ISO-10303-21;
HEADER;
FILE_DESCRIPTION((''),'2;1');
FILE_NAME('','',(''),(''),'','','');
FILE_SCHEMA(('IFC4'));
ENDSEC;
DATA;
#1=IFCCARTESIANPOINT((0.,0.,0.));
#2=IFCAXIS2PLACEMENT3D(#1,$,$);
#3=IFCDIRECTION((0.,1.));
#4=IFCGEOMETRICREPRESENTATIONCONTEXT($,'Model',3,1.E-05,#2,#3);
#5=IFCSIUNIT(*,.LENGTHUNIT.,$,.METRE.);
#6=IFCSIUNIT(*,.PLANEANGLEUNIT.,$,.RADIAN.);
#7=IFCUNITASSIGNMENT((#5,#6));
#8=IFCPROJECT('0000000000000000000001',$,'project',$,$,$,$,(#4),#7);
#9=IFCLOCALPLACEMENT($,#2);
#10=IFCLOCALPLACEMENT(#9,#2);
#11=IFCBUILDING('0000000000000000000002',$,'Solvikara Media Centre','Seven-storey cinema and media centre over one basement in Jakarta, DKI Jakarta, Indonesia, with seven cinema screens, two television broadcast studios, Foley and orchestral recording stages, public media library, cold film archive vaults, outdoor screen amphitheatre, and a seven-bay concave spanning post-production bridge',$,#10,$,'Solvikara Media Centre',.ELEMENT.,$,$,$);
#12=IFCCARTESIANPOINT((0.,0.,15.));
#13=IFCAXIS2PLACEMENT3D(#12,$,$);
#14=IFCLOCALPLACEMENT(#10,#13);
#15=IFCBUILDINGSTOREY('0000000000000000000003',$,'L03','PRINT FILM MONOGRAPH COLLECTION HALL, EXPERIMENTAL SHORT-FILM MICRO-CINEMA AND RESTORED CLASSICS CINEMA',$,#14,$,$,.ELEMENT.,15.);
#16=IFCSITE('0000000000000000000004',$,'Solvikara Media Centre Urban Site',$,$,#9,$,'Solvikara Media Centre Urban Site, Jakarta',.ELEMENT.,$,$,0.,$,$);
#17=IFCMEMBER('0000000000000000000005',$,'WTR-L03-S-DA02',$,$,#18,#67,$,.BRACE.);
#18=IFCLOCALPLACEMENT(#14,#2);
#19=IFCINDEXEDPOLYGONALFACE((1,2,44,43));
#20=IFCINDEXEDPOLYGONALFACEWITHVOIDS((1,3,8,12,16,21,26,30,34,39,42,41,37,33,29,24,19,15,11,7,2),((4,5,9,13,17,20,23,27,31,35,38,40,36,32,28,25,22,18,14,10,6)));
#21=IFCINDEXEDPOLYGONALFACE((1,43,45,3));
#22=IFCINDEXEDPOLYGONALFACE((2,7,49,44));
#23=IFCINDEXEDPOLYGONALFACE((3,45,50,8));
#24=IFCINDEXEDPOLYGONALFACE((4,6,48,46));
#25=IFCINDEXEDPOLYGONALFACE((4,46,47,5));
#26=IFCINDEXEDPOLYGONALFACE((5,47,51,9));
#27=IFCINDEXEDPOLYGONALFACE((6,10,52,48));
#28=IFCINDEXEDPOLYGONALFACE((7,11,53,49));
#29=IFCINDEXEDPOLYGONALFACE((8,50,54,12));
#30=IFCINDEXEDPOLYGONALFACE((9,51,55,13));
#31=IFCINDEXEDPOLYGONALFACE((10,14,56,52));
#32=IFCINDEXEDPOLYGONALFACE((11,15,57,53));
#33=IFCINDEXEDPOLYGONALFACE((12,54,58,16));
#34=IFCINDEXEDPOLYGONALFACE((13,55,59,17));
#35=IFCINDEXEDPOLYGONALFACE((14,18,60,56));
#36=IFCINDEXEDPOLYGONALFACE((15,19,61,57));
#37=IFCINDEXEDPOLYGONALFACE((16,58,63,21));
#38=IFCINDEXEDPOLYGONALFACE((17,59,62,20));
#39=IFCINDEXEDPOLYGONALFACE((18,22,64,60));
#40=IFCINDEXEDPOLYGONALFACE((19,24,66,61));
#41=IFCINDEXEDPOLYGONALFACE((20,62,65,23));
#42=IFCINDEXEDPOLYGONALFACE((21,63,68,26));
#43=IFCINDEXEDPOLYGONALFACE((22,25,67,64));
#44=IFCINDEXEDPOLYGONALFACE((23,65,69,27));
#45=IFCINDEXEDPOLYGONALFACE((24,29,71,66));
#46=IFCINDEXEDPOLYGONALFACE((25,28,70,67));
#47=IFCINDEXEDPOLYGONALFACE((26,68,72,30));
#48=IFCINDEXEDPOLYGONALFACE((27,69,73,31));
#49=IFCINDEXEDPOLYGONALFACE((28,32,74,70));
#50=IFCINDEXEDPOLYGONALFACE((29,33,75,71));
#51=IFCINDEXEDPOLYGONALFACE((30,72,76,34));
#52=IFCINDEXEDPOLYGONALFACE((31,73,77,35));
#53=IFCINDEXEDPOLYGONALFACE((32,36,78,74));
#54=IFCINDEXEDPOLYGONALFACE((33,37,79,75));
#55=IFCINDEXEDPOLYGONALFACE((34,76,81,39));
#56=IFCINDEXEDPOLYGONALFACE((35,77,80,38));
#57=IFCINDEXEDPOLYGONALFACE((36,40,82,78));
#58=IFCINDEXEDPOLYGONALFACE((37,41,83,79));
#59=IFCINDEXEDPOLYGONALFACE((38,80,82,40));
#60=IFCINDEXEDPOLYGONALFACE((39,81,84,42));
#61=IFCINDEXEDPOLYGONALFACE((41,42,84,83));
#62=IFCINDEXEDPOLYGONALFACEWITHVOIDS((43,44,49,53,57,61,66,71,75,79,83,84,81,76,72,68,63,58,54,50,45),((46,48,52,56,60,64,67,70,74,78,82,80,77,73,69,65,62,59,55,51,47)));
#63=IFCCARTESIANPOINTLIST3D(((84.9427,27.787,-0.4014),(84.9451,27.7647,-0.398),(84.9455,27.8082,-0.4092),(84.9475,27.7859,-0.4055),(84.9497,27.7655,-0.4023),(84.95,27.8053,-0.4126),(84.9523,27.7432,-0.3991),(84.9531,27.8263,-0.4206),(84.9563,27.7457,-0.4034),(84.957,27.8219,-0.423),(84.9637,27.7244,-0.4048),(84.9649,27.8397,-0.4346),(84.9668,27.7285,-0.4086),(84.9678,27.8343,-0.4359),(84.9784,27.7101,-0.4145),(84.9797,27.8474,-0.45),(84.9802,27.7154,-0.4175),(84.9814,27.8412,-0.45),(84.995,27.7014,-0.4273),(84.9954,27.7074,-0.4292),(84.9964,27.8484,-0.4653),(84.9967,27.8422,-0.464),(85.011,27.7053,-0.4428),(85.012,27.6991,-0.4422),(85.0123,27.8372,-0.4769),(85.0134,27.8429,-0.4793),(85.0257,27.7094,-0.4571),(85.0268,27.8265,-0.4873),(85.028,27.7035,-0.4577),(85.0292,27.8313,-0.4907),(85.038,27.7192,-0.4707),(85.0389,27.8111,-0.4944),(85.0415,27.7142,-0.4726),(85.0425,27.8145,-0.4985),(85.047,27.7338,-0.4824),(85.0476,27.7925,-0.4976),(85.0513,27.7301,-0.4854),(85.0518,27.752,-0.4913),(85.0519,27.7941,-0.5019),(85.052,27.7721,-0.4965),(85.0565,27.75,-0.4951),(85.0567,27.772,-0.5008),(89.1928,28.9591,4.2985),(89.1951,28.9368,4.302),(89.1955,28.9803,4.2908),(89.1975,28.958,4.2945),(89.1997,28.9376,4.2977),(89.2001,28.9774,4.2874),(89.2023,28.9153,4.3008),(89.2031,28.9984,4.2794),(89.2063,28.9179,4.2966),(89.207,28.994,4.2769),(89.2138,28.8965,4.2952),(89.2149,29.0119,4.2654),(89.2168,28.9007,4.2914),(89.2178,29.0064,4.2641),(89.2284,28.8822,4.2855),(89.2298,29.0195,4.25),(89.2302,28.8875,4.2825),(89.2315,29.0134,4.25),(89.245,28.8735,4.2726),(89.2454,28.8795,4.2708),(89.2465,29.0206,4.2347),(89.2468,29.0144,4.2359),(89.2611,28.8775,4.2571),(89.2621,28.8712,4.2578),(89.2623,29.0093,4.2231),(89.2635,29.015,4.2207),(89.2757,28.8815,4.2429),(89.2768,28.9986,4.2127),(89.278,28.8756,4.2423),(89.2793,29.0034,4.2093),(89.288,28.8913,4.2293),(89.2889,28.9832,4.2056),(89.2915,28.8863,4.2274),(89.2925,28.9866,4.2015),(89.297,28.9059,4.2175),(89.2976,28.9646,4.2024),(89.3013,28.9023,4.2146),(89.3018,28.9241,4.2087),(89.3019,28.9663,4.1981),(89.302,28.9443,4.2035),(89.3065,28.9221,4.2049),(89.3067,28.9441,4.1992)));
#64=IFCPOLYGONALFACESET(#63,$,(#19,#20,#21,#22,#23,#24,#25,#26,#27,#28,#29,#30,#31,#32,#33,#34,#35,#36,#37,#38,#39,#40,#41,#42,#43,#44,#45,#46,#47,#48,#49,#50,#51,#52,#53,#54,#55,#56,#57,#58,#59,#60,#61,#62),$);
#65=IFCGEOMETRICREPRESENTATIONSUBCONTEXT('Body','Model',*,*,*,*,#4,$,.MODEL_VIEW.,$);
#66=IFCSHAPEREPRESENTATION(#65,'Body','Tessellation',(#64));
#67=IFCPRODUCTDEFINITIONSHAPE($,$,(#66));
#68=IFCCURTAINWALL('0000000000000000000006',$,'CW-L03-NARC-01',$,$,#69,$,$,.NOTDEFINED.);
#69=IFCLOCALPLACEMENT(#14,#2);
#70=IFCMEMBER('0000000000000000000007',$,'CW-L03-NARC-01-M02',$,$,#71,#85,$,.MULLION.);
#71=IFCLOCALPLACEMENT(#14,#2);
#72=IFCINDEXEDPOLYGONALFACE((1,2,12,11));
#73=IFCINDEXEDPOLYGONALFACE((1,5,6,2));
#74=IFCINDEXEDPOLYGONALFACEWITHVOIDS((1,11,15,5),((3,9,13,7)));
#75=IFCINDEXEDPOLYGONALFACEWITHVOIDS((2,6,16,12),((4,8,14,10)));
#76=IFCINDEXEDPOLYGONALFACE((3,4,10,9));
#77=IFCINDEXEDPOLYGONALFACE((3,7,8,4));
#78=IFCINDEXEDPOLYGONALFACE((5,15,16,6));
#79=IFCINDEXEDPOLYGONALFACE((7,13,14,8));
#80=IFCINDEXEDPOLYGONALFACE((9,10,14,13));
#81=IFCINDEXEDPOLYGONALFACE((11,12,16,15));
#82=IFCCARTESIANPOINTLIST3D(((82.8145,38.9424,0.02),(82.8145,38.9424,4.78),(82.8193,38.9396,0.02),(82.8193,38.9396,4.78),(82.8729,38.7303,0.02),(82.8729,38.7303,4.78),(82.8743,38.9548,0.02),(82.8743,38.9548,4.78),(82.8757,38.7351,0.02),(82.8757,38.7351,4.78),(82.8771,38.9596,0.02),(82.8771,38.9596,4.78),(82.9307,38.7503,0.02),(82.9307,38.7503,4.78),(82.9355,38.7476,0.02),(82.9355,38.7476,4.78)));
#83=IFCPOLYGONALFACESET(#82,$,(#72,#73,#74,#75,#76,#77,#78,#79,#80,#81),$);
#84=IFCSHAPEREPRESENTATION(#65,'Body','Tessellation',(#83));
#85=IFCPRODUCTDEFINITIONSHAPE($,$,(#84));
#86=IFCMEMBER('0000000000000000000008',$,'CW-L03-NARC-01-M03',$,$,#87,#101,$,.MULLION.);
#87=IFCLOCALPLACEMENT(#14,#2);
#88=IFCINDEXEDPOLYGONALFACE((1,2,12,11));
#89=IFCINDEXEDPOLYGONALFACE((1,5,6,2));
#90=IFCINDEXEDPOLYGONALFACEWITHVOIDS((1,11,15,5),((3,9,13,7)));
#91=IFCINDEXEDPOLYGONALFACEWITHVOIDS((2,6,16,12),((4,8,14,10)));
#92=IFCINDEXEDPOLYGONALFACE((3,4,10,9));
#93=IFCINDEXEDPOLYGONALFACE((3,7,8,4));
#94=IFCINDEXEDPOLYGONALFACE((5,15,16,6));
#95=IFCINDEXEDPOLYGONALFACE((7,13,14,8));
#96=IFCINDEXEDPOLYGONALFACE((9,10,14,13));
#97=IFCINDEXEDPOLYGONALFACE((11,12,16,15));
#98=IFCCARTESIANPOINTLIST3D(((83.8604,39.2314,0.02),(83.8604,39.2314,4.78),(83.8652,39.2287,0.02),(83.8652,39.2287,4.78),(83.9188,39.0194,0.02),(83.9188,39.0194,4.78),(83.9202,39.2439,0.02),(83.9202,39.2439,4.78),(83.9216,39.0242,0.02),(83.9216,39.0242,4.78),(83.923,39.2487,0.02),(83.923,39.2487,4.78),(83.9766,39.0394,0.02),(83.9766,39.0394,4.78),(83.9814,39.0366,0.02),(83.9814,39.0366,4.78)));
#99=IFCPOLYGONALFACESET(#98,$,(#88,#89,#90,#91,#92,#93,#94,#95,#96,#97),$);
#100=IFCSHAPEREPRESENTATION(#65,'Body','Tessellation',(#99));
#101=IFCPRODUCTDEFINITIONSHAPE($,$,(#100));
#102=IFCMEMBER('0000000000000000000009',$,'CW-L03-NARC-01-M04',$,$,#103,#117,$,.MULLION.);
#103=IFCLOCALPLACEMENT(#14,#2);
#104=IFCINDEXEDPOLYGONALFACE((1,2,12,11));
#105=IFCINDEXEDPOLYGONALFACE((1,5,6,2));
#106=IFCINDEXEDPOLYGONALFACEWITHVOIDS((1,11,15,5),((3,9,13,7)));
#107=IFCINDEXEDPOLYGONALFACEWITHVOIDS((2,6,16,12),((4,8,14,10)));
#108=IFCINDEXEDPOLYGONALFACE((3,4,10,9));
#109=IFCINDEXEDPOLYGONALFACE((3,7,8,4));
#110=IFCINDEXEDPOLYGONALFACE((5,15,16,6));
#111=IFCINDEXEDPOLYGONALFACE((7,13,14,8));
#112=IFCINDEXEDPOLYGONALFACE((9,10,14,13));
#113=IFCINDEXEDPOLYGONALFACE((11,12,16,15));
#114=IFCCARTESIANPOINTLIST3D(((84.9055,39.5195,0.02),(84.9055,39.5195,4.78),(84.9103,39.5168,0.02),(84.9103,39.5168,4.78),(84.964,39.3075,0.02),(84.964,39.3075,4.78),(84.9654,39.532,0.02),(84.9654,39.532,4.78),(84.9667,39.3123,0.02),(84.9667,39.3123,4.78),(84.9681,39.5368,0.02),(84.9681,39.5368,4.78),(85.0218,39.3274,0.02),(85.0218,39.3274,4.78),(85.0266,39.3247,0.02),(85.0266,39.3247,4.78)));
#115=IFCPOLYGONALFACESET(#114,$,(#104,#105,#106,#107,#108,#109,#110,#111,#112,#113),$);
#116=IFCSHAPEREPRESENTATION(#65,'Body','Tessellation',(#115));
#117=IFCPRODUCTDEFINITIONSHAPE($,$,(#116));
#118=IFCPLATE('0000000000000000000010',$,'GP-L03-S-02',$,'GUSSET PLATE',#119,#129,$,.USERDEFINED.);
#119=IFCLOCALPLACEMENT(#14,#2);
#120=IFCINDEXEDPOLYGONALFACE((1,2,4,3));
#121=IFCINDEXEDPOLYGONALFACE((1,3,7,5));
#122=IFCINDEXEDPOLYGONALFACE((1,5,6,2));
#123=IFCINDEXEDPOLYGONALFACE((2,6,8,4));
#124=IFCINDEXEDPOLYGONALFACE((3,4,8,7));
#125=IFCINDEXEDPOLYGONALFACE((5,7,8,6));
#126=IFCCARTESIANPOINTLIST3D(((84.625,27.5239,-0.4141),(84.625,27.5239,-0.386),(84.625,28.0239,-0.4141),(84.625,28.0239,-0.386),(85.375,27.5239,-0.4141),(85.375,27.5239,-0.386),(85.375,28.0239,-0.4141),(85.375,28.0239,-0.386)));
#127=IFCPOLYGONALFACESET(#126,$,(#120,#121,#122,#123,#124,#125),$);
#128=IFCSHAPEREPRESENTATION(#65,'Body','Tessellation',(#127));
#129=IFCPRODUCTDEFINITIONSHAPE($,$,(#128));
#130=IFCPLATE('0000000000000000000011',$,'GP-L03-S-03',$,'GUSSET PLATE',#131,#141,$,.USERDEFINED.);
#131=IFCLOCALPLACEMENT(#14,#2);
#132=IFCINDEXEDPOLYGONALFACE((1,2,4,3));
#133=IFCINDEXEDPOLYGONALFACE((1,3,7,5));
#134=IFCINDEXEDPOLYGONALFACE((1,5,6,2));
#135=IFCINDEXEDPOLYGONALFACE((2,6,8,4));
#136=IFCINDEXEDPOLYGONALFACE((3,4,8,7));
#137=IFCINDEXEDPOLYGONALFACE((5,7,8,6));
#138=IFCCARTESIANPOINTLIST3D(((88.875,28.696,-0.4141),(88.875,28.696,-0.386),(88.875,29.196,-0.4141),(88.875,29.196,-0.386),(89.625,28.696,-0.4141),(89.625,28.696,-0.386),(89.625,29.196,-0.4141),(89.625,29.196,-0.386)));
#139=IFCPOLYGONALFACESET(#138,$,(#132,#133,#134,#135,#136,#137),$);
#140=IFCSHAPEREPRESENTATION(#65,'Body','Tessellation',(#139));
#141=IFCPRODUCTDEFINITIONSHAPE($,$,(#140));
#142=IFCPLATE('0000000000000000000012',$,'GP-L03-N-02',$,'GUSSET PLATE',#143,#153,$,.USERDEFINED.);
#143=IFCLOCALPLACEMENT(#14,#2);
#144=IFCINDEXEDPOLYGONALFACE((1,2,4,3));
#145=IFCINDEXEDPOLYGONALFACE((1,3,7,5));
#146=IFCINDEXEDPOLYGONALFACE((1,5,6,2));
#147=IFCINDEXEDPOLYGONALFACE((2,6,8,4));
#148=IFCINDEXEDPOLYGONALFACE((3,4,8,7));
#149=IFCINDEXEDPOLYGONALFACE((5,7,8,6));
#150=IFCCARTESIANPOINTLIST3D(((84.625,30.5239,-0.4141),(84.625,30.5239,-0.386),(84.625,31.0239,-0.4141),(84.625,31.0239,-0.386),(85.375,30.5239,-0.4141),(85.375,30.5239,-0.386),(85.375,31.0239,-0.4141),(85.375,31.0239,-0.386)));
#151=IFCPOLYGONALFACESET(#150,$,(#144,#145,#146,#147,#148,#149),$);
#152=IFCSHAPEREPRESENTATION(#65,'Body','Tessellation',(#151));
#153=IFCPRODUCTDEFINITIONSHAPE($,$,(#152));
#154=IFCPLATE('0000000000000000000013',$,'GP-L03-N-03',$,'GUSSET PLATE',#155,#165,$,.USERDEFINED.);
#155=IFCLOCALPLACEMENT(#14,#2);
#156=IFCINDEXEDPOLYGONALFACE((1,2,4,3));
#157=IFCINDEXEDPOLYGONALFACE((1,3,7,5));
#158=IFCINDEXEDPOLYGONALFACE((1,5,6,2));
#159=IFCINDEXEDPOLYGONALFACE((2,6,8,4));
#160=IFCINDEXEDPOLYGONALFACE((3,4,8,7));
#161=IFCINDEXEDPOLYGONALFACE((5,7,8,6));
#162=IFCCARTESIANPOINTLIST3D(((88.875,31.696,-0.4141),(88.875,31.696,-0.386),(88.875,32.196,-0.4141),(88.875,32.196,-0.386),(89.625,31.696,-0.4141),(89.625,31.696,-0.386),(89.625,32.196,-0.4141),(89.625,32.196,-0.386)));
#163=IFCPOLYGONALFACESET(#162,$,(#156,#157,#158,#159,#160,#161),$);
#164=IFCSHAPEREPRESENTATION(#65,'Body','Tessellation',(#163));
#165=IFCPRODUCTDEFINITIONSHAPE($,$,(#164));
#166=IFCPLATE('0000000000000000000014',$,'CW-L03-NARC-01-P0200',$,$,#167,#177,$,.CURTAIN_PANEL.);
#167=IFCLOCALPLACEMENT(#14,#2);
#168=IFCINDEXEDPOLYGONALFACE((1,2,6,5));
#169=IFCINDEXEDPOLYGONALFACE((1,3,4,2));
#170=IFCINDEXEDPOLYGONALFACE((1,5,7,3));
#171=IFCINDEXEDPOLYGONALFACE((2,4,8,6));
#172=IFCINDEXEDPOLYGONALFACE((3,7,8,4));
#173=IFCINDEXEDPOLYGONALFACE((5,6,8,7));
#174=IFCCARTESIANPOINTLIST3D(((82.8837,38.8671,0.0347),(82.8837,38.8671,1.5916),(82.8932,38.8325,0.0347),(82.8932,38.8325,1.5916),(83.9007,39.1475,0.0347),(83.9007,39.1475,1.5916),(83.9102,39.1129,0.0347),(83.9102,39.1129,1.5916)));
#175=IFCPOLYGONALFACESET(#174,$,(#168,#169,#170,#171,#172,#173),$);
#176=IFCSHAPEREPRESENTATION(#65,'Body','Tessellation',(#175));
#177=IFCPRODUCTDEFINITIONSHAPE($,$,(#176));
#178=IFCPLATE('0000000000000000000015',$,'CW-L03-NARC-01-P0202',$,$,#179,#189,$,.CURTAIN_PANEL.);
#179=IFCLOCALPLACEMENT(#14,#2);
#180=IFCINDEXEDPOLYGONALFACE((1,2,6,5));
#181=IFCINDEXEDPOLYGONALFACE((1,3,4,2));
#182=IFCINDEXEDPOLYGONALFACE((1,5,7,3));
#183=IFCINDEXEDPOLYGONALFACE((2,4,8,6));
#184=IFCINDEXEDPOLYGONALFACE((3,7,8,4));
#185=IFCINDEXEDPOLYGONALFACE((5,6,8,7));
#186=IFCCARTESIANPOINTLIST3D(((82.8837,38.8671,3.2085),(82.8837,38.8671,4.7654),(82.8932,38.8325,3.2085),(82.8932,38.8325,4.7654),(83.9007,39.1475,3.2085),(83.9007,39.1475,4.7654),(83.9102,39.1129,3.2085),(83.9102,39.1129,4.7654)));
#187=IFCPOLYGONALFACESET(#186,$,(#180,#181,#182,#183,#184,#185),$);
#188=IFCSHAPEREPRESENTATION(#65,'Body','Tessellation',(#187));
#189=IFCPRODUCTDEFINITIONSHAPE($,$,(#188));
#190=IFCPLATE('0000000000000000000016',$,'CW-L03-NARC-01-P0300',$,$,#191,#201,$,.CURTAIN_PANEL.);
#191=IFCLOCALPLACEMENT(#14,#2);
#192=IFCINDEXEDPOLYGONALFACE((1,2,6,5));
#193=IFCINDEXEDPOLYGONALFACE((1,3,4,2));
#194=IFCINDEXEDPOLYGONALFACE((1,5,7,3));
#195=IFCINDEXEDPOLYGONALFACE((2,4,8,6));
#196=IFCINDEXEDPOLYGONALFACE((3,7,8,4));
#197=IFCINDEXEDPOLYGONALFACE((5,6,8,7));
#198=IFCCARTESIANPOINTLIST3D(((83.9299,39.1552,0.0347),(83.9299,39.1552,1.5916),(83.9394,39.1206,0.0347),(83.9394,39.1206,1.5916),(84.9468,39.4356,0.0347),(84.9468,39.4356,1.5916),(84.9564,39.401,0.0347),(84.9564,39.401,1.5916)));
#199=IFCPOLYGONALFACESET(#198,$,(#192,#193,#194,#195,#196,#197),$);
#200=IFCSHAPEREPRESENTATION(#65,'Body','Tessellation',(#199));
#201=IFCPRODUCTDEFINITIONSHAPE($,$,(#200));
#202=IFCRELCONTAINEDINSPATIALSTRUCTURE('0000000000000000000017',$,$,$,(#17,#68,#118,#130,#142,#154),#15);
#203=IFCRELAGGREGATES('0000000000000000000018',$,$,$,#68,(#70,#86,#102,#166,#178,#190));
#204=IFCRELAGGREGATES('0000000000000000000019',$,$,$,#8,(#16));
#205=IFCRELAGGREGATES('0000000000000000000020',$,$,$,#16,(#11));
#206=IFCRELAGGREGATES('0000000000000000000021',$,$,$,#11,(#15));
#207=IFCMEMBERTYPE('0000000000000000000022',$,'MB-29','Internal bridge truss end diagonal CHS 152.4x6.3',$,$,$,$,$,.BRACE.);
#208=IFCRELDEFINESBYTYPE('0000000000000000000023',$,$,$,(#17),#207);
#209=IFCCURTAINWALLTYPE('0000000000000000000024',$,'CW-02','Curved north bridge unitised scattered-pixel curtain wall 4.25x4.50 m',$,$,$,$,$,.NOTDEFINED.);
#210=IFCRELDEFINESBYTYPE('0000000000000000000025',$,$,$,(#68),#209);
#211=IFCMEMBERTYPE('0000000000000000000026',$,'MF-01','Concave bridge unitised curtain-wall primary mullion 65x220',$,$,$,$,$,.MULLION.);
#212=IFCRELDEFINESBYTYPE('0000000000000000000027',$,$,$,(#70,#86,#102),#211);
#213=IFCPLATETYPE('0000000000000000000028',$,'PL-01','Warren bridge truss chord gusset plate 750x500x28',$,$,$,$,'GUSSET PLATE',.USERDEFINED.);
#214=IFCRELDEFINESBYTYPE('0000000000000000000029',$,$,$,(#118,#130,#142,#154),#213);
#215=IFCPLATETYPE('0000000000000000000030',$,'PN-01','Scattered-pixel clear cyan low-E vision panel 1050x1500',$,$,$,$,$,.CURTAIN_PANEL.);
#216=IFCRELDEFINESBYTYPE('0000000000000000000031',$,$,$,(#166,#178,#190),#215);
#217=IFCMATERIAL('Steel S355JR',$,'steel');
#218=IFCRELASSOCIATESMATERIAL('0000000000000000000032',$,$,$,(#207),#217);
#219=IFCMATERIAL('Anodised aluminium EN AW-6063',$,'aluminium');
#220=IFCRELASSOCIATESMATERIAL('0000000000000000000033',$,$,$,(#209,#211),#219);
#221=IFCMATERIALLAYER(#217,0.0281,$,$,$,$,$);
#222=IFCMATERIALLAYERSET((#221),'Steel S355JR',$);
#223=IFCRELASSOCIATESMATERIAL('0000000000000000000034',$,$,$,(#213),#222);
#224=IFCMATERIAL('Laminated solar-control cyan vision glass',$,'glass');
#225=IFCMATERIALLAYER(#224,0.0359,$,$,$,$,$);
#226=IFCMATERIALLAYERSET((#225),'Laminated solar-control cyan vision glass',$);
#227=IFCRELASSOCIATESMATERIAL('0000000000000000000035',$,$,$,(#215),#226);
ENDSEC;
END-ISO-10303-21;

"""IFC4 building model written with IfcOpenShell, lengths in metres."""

from ifc_helpers import new_model, si_unit, direction, frame, origin, origin_2d, place, context, subcontext, project, spatial, rectangle, hollow_rectangle, hollow_circle, extrude, material, layer, layer_set, material_profile, profile_set, type_object, element, aggregate, save


model = new_model("IFC4")

# Units and contexts
model_context = context("Model", 3, precision=1e-05, world=origin(), true_north=direction((0.0, 1.0)))
body_context = subcontext(model_context, "Body", "Model", "MODEL_VIEW")
ifc_project = project(units=[si_unit("LENGTHUNIT", "METRE"), si_unit("PLANEANGLEUNIT", "RADIAN")], contexts=[model_context])

# Site, building, storey
site_placement = place(None, origin())
site = spatial("IfcSite", under=ifc_project, at=site_placement, Name="Solvikara Media Centre Urban Site", LongName="Solvikara Media Centre Urban Site, Jakarta", CompositionType="ELEMENT", RefElevation=0.0)
building_placement = place(site_placement, origin())
building = spatial("IfcBuilding", under=site, at=building_placement, Name="Solvikara Media Centre", Description="Seven-storey cinema and media centre over one basement in Jakarta, DKI Jakarta, Indonesia, with seven cinema screens, two television broadcast studios, Foley and orchestral recording stages, public media library, cold film archive vaults, outdoor screen amphitheatre, and a seven-bay concave spanning post-production bridge", LongName="Solvikara Media Centre", CompositionType="ELEMENT")
storey_placement = place(building_placement, frame((0.0, 0.0, 15.0)))
storey = spatial("IfcBuildingStorey", under=building, at=storey_placement, Name="L03", Description="PRINT FILM MONOGRAPH COLLECTION HALL, EXPERIMENTAL SHORT-FILM MICRO-CINEMA AND RESTORED CLASSICS CINEMA", CompositionType="ELEMENT", Elevation=15.0)

# Shared definitions
ifc_material_1 = material(Name="Steel S355JR", Category="steel")

# Member
ifc_material_profile_1 = material_profile(ifc_material_1, hollow_circle(Radius=0.0762, WallThickness=0.0063, at=origin_2d()), Name="CHS 152.4x6.3")
ifc_profile_set_1 = profile_set([ifc_material_profile_1], Name="Steel S355JR")
member_type_1 = type_object("IfcMemberType", Name="MB-29", Description="Internal bridge truss end diagonal CHS 152.4x6.3", PredefinedType="BRACE", material=ifc_profile_set_1)
member_1_placement = place(storey_placement, frame((85.0, 27.7739, -0.45), z_axis=(0.659522, 0.181891, 0.729346), x_axis=(-0.265867, 0.96401, 0.0)))
element("IfcMember", 1, at=member_1_placement, inside=storey, type_object=member_type_1, Name="WTR-L03-S-DA02", PredefinedType="BRACE", context=body_context, shape_type="SweptSolid", body=[
    extrude(hollow_circle(Radius=0.0762, WallThickness=0.0063, at=origin_2d()), origin(), (0.0, 0.0, 1.0), 6.4441),
])

# Curtain wall, members
ifc_material_2 = material(Name="Anodised aluminium EN AW-6063", Category="aluminium")
curtain_wall_type = type_object("IfcCurtainWallType", Name="CW-02", Description="Curved north bridge unitised scattered-pixel curtain wall 4.25x4.50 m", PredefinedType="NOTDEFINED", material=ifc_material_2)
curtain_wall_placement = place(storey_placement, origin())
curtain_wall = element("IfcCurtainWall", 2, at=curtain_wall_placement, inside=storey, type_object=curtain_wall_type, Name="CW-L03-NARC-01", PredefinedType="NOTDEFINED")
ifc_material_profile_2 = material_profile(ifc_material_2, hollow_rectangle(XDim=0.0649, YDim=0.22, WallThickness=0.0039, at=origin_2d()), Name="ALU-M 65x220x4")
ifc_profile_set_2 = profile_set([ifc_material_profile_2], Name="Anodised aluminium EN AW-6063")
member_type_2 = type_object("IfcMemberType", Name="MF-01", Description="Concave bridge unitised curtain-wall primary mullion 65x220", PredefinedType="MULLION", material=ifc_profile_set_2)
member_2_placement = place(storey_placement, frame((82.875, 38.845, 0.02), z_axis=(0.0, 0.0, 1.0), x_axis=(0.96403, 0.265792, 0.0)))
member_2 = element("IfcMember", 3, at=member_2_placement, type_object=member_type_2, Name="CW-L03-NARC-01-M02", PredefinedType="MULLION", context=body_context, shape_type="SweptSolid", body=[
    extrude(hollow_rectangle(XDim=0.0649, YDim=0.22, WallThickness=0.0039, at=origin_2d()), origin(), (0.0, 0.0, 1.0), 4.76),
])
member_3_placement = place(storey_placement, frame((83.9209, 39.134, 0.02), z_axis=(0.0, 0.0, 1.0), x_axis=(0.96403, 0.265792, 0.0)))
member_3 = element("IfcMember", 4, at=member_3_placement, type_object=member_type_2, Name="CW-L03-NARC-01-M03", PredefinedType="MULLION", context=body_context, shape_type="SweptSolid", body=[
    extrude(hollow_rectangle(XDim=0.0649, YDim=0.22, WallThickness=0.0039, at=origin_2d()), origin(), (0.0, 0.0, 1.0), 4.76),
])
member_4_placement = place(storey_placement, frame((84.9661, 39.4221, 0.02), z_axis=(0.0, 0.0, 1.0), x_axis=(0.96403, 0.265792, 0.0)))
member_4 = element("IfcMember", 5, at=member_4_placement, type_object=member_type_2, Name="CW-L03-NARC-01-M04", PredefinedType="MULLION", context=body_context, shape_type="SweptSolid", body=[
    extrude(hollow_rectangle(XDim=0.0649, YDim=0.22, WallThickness=0.0039, at=origin_2d()), origin(), (0.0, 0.0, 1.0), 4.76),
])

# Plates
ifc_layer_1 = layer(ifc_material_1, 0.0281)
ifc_layer_set_1 = layer_set([ifc_layer_1], Name="Steel S355JR")
plate_type_1 = type_object("IfcPlateType", Name="PL-01", Description="Warren bridge truss chord gusset plate 750x500x28", ElementType="GUSSET PLATE", PredefinedType="USERDEFINED", material=ifc_layer_set_1)
for number, where, z_axis, x_axis, name in (
    (6, (85.0, 27.7739, -0.4141), (0.0, 0.0, 1.0), (1.0, 0.0, 0.0), "GP-L03-S-02"),
    (7, (89.25, 28.946, -0.4141), (0.0, 0.0, 1.0), (1.0, 0.0, 0.0), "GP-L03-S-03"),
    (8, (85.0, 30.7739, -0.4141), (0.0, 0.0, 1.0), (1.0, 0.0, 0.0), "GP-L03-N-02"),
    (9, (89.25, 31.946, -0.4141), (0.0, 0.0, 1.0), (1.0, 0.0, 0.0), "GP-L03-N-03"),
):
    element("IfcPlate", number, at=place(storey_placement, frame(where, z_axis=z_axis, x_axis=x_axis)), inside=storey, type_object=plate_type_1, Name=name, ObjectType="GUSSET PLATE", PredefinedType="USERDEFINED", context=body_context, shape_type="SweptSolid", body=[
        extrude(rectangle(XDim=0.75, YDim=0.5, at=origin_2d()), origin(), (0.0, 0.0, 1.0), 0.0281),
    ])

# Plates
ifc_material_3 = material(Name="Laminated solar-control cyan vision glass", Category="glass")
ifc_layer_2 = layer(ifc_material_3, 0.0359)
ifc_layer_set_2 = layer_set([ifc_layer_2], Name="Laminated solar-control cyan vision glass")
plate_type_2 = type_object("IfcPlateType", Name="PN-01", Description="Scattered-pixel clear cyan low-E vision panel 1050x1500", PredefinedType="CURTAIN_PANEL", material=ifc_layer_set_2)
plate_1_placement = place(storey_placement, frame((83.397, 38.99, 0.0347), z_axis=(0.0, 0.0, 1.0), x_axis=(0.96403, 0.265792, 0.0)))
plate_1 = element("IfcPlate", 10, at=plate_1_placement, type_object=plate_type_2, Name="CW-L03-NARC-01-P0200", PredefinedType="CURTAIN_PANEL", context=body_context, shape_type="SweptSolid", body=[
    extrude(rectangle(XDim=1.0549, YDim=0.0359, at=origin_2d()), origin(), (0.0, 0.0, 1.0), 1.5569),
])
plate_2_placement = place(storey_placement, frame((83.397, 38.99, 3.2085), z_axis=(0.0, 0.0, 1.0), x_axis=(0.96403, 0.265792, 0.0)))
plate_2 = element("IfcPlate", 11, at=plate_2_placement, type_object=plate_type_2, Name="CW-L03-NARC-01-P0202", PredefinedType="CURTAIN_PANEL", context=body_context, shape_type="SweptSolid", body=[
    extrude(rectangle(XDim=1.0549, YDim=0.0359, at=origin_2d()), origin(), (0.0, 0.0, 1.0), 1.5569),
])
plate_3_placement = place(storey_placement, frame((84.4431, 39.2781, 0.0347), z_axis=(0.0, 0.0, 1.0), x_axis=(0.96403, 0.265792, 0.0)))
plate_3 = element("IfcPlate", 12, at=plate_3_placement, type_object=plate_type_2, Name="CW-L03-NARC-01-P0300", PredefinedType="CURTAIN_PANEL", context=body_context, shape_type="SweptSolid", body=[
    extrude(rectangle(XDim=1.0549, YDim=0.0359, at=origin_2d()), origin(), (0.0, 0.0, 1.0), 1.5569),
])
aggregate(curtain_wall, [member_2, member_3, member_4, plate_1, plate_2, plate_3])

save(model, "model.ifc")
